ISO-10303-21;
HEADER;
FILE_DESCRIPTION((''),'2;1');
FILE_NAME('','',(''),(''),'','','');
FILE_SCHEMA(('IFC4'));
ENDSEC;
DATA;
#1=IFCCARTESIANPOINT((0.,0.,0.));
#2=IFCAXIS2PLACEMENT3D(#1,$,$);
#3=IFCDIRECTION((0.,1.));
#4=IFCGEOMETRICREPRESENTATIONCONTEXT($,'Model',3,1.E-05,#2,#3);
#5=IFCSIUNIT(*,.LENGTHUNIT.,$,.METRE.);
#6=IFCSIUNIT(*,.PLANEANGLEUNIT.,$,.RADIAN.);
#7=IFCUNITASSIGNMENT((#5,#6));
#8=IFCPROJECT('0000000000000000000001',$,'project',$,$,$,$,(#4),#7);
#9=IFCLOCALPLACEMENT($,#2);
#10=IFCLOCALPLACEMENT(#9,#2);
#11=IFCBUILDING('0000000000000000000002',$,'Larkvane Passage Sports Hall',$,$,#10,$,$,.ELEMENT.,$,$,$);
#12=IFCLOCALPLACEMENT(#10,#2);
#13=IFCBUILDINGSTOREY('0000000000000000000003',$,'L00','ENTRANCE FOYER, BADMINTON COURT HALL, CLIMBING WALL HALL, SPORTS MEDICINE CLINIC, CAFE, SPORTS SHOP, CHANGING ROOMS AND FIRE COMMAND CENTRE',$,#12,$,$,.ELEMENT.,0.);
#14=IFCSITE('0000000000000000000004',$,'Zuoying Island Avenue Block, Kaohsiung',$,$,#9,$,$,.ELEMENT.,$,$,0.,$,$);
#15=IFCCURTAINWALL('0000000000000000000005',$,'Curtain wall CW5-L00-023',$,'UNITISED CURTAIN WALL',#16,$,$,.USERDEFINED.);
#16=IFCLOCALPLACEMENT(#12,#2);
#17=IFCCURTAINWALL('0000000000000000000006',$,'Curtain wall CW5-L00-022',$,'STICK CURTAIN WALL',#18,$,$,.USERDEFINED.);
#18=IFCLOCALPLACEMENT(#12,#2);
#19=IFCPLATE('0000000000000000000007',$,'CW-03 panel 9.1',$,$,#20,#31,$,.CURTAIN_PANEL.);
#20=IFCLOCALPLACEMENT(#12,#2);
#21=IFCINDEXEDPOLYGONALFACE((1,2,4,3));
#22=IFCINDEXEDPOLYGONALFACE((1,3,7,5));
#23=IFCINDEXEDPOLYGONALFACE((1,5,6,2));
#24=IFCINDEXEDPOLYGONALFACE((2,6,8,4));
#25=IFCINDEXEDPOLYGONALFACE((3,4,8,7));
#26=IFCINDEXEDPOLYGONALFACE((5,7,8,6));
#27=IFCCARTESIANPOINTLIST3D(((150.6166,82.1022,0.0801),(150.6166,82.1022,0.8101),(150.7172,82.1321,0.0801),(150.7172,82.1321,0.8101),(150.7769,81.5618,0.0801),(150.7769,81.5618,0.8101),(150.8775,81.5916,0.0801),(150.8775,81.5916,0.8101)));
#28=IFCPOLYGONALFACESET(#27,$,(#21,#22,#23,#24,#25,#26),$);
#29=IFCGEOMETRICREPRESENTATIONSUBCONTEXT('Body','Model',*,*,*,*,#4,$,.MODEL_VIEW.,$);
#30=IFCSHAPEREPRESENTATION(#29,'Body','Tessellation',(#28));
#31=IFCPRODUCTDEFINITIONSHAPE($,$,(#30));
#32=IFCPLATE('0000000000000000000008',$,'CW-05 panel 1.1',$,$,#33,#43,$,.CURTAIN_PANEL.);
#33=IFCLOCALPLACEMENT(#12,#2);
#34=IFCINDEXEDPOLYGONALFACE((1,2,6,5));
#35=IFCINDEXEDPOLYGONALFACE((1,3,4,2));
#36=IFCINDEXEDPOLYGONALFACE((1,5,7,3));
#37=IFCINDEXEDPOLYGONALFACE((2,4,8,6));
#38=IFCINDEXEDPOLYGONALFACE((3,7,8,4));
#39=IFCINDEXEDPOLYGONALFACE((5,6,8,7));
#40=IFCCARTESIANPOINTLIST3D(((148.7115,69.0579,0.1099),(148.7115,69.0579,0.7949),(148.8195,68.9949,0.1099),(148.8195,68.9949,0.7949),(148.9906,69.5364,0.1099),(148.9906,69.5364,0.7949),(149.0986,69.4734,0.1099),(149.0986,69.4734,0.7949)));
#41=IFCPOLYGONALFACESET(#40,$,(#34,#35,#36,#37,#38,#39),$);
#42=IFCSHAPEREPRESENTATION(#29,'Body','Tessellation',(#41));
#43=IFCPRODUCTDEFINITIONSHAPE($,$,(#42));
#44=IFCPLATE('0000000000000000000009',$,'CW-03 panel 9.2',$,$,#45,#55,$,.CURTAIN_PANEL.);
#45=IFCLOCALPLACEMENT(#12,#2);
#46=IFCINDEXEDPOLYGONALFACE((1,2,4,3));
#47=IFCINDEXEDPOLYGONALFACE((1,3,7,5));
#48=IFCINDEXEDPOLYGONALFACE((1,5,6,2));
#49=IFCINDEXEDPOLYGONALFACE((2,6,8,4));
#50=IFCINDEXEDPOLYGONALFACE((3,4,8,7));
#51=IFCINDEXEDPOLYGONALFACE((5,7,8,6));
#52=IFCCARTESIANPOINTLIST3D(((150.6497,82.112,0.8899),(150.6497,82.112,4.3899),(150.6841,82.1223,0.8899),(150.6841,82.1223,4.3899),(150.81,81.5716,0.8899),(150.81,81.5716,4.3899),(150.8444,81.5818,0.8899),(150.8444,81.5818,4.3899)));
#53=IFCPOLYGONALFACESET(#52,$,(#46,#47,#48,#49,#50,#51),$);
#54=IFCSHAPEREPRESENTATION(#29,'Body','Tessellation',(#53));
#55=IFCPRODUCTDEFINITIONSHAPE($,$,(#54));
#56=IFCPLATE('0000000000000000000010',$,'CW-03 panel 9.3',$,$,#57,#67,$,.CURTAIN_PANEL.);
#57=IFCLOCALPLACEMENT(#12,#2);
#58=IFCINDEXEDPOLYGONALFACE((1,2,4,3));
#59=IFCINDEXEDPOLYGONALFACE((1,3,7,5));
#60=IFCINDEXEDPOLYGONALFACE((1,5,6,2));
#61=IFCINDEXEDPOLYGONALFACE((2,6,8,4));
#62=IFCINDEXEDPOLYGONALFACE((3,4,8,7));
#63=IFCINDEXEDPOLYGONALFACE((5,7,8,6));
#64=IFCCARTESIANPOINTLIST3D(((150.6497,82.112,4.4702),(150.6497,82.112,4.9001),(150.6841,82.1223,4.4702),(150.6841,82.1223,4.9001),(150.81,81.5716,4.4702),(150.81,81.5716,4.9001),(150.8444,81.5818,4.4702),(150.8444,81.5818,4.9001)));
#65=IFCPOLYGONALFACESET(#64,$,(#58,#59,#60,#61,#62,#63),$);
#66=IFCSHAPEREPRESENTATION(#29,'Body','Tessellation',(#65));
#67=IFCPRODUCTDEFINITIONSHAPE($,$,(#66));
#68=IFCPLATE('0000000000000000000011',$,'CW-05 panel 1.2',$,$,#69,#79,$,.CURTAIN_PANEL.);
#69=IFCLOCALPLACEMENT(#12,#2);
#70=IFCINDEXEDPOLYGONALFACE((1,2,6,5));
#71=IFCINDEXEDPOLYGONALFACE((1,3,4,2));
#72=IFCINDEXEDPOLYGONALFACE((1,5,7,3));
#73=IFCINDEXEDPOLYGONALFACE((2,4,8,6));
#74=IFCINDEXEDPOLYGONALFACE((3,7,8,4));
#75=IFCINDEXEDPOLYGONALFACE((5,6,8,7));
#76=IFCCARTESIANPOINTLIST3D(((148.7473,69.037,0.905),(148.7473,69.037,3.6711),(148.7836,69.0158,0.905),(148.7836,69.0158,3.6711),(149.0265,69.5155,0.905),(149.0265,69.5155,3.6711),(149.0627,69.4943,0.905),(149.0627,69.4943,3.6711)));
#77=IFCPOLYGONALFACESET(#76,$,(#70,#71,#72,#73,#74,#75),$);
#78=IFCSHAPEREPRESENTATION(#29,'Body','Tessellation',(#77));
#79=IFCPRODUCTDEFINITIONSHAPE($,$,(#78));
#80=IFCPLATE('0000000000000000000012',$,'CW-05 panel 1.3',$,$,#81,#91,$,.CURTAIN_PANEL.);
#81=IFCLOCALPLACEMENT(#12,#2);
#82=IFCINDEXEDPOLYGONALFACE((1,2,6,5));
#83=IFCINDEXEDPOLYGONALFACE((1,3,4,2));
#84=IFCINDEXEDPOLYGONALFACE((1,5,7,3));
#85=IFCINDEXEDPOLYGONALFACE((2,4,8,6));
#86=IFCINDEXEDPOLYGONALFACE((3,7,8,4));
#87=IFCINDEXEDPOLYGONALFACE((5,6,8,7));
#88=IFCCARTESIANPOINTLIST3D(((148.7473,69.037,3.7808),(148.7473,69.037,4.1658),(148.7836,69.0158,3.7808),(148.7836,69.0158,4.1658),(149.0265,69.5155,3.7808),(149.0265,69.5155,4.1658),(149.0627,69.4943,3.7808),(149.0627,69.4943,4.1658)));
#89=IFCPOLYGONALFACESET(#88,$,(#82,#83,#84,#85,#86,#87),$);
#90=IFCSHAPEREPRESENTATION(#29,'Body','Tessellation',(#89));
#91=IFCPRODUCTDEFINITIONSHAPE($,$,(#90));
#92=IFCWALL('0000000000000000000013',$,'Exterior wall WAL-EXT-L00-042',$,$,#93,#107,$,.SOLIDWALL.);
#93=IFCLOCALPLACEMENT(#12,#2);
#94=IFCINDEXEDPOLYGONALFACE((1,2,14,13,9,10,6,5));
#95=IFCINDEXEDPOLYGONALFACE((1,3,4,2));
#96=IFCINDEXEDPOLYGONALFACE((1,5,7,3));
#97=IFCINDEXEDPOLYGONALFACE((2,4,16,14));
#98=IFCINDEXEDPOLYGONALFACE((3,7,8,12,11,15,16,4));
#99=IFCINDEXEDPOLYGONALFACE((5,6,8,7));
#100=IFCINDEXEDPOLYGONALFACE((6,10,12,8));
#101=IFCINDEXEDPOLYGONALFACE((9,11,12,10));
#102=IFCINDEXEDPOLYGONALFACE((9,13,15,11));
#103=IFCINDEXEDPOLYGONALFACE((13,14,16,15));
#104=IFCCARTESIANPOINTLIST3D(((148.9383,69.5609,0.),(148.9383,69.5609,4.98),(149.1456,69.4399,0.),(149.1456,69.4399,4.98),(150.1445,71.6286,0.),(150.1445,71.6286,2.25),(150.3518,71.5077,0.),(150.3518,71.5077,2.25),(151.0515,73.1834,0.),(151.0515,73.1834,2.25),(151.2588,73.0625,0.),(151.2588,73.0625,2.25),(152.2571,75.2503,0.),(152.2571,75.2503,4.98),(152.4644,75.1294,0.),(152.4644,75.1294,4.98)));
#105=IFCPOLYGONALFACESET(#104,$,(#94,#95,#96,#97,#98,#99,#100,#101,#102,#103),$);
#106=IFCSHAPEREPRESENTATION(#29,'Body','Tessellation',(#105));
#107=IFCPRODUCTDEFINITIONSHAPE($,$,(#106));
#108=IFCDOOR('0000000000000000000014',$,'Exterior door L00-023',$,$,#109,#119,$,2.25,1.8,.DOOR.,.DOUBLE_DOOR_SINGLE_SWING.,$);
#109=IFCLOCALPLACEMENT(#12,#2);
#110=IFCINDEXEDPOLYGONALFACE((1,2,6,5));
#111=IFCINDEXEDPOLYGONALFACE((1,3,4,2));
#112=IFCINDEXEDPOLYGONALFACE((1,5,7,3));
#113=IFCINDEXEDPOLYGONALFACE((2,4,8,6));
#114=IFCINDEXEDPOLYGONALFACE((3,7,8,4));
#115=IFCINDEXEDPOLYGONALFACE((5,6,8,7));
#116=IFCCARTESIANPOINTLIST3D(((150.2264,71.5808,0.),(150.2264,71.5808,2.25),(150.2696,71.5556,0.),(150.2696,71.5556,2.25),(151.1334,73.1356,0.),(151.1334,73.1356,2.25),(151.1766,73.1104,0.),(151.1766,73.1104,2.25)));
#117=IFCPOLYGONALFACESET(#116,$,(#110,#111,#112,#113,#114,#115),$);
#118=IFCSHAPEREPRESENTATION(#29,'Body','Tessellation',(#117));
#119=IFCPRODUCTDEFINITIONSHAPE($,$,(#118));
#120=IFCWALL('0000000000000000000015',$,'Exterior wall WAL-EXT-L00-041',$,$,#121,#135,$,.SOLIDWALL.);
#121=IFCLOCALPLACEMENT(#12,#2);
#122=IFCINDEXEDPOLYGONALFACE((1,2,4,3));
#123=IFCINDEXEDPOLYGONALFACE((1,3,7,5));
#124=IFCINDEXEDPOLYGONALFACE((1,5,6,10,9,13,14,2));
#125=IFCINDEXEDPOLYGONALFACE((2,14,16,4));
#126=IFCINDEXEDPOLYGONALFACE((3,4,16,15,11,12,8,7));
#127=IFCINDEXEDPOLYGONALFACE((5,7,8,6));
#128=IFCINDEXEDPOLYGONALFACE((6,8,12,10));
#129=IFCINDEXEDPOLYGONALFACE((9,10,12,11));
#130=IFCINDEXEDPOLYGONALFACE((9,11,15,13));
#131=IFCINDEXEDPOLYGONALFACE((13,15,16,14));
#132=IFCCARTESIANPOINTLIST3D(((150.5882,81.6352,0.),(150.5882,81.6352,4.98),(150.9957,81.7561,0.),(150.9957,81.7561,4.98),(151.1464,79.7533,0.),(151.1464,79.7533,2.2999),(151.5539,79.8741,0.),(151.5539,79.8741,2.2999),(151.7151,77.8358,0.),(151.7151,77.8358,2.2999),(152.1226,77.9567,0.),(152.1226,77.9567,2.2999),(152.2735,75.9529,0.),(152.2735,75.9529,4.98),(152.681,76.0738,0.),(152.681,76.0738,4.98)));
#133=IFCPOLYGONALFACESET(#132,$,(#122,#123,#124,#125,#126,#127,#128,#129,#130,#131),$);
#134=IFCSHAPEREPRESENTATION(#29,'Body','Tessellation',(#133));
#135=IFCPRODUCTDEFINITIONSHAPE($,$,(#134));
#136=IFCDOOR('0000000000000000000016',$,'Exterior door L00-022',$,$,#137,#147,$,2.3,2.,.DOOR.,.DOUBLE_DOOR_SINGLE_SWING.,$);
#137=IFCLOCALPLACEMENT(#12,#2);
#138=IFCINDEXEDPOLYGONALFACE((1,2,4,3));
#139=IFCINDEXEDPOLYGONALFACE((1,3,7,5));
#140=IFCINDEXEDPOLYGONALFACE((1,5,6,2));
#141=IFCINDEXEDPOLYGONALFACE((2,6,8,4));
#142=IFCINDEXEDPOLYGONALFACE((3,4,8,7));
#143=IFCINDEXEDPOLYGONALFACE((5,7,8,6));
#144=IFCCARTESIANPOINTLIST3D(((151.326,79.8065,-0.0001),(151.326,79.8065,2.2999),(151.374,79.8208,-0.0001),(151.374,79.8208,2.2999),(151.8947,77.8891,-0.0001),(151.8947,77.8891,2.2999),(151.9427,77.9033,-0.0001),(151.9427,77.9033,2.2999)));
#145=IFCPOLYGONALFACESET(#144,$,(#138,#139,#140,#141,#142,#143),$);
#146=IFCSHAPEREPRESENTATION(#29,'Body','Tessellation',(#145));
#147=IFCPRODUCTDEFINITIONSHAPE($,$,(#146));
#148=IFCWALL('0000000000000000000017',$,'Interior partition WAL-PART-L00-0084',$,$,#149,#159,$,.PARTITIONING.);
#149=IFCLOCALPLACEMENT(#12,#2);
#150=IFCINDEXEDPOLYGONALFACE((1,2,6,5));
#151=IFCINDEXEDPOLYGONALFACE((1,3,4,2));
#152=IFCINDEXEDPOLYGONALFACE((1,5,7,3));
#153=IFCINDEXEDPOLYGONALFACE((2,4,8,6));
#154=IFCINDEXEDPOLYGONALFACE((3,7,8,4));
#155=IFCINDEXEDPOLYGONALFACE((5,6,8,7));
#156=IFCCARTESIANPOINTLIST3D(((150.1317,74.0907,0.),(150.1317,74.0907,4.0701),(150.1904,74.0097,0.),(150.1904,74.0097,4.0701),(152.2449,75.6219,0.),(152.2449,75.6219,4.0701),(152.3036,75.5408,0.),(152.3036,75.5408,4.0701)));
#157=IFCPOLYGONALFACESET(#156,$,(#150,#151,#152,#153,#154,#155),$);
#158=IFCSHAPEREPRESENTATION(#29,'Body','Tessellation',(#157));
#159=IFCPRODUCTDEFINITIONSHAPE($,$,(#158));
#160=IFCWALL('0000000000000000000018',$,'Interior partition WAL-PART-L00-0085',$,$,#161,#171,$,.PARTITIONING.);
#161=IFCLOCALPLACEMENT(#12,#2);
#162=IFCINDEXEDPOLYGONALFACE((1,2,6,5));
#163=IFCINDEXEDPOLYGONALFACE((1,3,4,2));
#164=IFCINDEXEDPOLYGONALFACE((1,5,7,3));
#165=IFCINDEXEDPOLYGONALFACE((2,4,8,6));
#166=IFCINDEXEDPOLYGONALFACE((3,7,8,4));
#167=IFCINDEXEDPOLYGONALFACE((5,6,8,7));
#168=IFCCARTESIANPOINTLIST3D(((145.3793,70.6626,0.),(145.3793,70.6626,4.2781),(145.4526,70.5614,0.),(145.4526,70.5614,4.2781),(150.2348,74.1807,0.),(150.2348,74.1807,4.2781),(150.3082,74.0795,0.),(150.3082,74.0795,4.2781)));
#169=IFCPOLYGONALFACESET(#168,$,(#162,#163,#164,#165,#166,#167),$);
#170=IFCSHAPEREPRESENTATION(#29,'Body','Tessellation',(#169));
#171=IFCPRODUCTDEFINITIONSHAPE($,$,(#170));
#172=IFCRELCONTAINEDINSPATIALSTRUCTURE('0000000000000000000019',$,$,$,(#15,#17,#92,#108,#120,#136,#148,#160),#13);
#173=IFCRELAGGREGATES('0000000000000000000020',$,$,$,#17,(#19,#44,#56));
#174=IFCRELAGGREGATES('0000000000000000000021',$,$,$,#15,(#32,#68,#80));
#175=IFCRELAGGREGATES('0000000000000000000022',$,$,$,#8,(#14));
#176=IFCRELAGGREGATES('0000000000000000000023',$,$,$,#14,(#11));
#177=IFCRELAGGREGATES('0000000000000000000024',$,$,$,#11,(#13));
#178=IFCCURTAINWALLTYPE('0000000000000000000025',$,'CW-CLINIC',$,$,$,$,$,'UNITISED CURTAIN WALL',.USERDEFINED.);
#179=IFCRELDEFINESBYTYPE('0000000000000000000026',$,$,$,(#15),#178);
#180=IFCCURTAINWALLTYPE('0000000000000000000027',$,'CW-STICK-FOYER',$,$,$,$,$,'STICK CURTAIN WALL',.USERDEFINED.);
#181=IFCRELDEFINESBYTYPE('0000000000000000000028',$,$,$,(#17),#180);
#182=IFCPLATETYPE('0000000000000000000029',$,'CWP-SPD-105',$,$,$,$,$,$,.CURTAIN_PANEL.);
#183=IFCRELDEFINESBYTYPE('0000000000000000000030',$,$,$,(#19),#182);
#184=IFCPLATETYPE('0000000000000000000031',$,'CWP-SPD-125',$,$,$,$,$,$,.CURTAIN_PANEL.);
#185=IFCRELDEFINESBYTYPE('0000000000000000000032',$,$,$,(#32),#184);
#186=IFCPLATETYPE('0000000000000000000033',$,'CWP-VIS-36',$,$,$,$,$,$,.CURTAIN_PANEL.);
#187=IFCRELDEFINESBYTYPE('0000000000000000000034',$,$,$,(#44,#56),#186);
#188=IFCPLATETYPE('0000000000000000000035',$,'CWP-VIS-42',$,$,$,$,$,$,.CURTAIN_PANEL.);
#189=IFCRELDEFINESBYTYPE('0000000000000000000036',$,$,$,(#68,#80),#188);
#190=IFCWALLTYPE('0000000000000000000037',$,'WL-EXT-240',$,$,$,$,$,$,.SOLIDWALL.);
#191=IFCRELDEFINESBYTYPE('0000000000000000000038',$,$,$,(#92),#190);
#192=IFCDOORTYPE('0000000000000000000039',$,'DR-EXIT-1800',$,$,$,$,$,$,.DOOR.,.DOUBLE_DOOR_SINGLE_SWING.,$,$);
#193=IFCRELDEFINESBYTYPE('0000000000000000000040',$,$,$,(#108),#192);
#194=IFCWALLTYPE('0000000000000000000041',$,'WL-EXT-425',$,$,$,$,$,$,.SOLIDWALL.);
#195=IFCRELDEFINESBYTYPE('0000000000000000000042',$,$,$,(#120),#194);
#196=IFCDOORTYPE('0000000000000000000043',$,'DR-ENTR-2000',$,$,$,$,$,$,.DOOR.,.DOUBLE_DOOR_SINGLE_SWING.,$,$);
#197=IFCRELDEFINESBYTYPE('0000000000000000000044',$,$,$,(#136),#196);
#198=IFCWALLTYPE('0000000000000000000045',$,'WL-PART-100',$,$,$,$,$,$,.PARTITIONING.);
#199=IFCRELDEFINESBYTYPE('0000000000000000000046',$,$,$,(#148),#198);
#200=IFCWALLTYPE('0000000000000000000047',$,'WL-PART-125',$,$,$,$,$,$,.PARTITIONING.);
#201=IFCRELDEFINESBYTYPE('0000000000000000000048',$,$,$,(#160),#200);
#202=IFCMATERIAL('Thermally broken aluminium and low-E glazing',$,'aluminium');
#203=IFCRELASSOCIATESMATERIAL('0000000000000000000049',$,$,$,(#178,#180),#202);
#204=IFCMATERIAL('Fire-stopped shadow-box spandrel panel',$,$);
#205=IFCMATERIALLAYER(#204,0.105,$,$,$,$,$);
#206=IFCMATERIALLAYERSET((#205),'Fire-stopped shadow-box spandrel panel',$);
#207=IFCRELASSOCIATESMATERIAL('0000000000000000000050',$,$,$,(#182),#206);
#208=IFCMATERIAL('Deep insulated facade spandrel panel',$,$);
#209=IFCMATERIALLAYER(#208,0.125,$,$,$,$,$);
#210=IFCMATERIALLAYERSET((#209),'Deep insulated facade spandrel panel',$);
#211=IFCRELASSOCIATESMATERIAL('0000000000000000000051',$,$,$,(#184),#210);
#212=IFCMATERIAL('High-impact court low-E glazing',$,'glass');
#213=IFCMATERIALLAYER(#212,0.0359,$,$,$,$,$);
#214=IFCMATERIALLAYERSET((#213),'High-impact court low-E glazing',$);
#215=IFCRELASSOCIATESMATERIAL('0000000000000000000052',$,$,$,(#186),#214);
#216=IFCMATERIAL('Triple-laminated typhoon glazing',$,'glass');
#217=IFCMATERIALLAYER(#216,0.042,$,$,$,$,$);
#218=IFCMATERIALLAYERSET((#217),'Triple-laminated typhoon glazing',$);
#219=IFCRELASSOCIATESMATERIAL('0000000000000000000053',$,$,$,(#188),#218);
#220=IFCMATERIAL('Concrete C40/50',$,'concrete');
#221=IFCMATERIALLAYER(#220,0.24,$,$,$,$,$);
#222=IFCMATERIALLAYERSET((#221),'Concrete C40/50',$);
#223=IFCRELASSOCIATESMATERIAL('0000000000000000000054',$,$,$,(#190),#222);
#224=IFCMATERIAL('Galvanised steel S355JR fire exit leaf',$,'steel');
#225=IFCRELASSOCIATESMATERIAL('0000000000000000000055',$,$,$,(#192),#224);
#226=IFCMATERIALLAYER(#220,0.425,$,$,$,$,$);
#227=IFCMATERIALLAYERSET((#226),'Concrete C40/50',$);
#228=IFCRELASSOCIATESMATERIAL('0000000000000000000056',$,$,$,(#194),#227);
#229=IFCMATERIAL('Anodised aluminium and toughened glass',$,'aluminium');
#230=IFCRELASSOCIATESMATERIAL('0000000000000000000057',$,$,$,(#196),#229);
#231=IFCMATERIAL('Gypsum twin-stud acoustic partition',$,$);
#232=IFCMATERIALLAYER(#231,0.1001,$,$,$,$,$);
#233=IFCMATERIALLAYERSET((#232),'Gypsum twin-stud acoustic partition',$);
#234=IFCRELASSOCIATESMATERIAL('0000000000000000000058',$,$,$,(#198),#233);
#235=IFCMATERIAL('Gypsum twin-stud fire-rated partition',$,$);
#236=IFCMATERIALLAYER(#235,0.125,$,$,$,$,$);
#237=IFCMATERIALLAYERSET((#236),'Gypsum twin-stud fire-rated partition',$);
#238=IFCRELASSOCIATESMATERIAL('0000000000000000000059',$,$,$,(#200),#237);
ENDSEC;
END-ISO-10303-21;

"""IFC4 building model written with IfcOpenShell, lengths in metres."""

from ifc_helpers import new_model, si_unit, direction, frame, frame_2d, origin, origin_2d, place, context, subcontext, project, spatial, rectangle, extrude, material, layer, layer_set, type_object, element, fill, aggregate, save


model = new_model("IFC4")

# Units and contexts
model_context = context("Model", 3, precision=1e-05, world=origin(), true_north=direction((0.0, 1.0)))
body_context = subcontext(model_context, "Body", "Model", "MODEL_VIEW")
ifc_project = project(units=[si_unit("LENGTHUNIT", "METRE"), si_unit("PLANEANGLEUNIT", "RADIAN")], contexts=[model_context])

# Site, building, storey
site_placement = place(None, origin())
site = spatial("IfcSite", under=ifc_project, at=site_placement, Name="Zuoying Island Avenue Block, Kaohsiung", CompositionType="ELEMENT", RefElevation=0.0)
building_placement = place(site_placement, origin())
building = spatial("IfcBuilding", under=site, at=building_placement, Name="Larkvane Passage Sports Hall", CompositionType="ELEMENT")
storey_placement = place(building_placement, origin())
storey = spatial("IfcBuildingStorey", under=building, at=storey_placement, Name="L00", Description="ENTRANCE FOYER, BADMINTON COURT HALL, CLIMBING WALL HALL, SPORTS MEDICINE CLINIC, CAFE, SPORTS SHOP, CHANGING ROOMS AND FIRE COMMAND CENTRE", CompositionType="ELEMENT", Elevation=0.0)

# Shared definitions
ifc_material_1 = material(Name="Concrete C40/50", Category="concrete")

# Curtain wall
ifc_material_2 = material(Name="Thermally broken aluminium and low-E glazing", Category="aluminium")
curtain_wall_type_1 = type_object("IfcCurtainWallType", Name="CW-CLINIC", ElementType="UNITISED CURTAIN WALL", PredefinedType="USERDEFINED", material=ifc_material_2)
curtain_wall_1_placement = place(storey_placement, origin())
curtain_wall_1 = element("IfcCurtainWall", 1, at=curtain_wall_1_placement, inside=storey, type_object=curtain_wall_type_1, Name="Curtain wall CW5-L00-023", ObjectType="UNITISED CURTAIN WALL", PredefinedType="USERDEFINED")

# Curtain wall
curtain_wall_type_2 = type_object("IfcCurtainWallType", Name="CW-STICK-FOYER", ElementType="STICK CURTAIN WALL", PredefinedType="USERDEFINED", material=ifc_material_2)
curtain_wall_2_placement = place(storey_placement, origin())
curtain_wall_2 = element("IfcCurtainWall", 2, at=curtain_wall_2_placement, inside=storey, type_object=curtain_wall_type_2, Name="Curtain wall CW5-L00-022", ObjectType="STICK CURTAIN WALL", PredefinedType="USERDEFINED")

# Plates
ifc_material_3 = material(Name="Fire-stopped shadow-box spandrel panel")
ifc_layer_1 = layer(ifc_material_3, 0.105)
ifc_layer_set_1 = layer_set([ifc_layer_1], Name="Fire-stopped shadow-box spandrel panel")
plate_type_1 = type_object("IfcPlateType", Name="CWP-SPD-105", PredefinedType="CURTAIN_PANEL", material=ifc_layer_set_1)
plate_1_placement = place(storey_placement, frame((150.7471, 81.8469, 0.0801), z_axis=(0.0, 0.0, 1.0), x_axis=(0.284365, -0.958716, 0.0)))
plate_1 = element("IfcPlate", 3, at=plate_1_placement, type_object=plate_type_1, Name="CW-03 panel 9.1", PredefinedType="CURTAIN_PANEL", context=body_context, shape_type="SweptSolid", body=[
    extrude(rectangle(XDim=0.5637, YDim=0.105, at=origin_2d()), origin(), (0.0, 0.0, 1.0), 0.73),
])
ifc_material_4 = material(Name="Deep insulated facade spandrel panel")
ifc_layer_2 = layer(ifc_material_4, 0.125)
ifc_layer_set_2 = layer_set([ifc_layer_2], Name="Deep insulated facade spandrel panel")
plate_type_2 = type_object("IfcPlateType", Name="CWP-SPD-125", PredefinedType="CURTAIN_PANEL", material=ifc_layer_set_2)
plate_2_placement = place(storey_placement, frame((148.905, 69.2656, 0.1099), z_axis=(0.0, 0.0, 1.0), x_axis=(-0.503867, -0.863781, 0.0)))
plate_2 = element("IfcPlate", 4, at=plate_2_placement, type_object=plate_type_2, Name="CW-05 panel 1.1", PredefinedType="CURTAIN_PANEL", context=body_context, shape_type="SweptSolid", body=[
    extrude(rectangle(XDim=0.554, YDim=0.125, at=origin_2d()), origin(), (0.0, 0.0, 1.0), 0.6851),
])
ifc_material_5 = material(Name="High-impact court low-E glazing", Category="glass")
ifc_layer_3 = layer(ifc_material_5, 0.0359)
ifc_layer_set_3 = layer_set([ifc_layer_3], Name="High-impact court low-E glazing")
plate_type_3 = type_object("IfcPlateType", Name="CWP-VIS-36", PredefinedType="CURTAIN_PANEL", material=ifc_layer_set_3)
plate_3_placement = place(storey_placement, frame((150.7471, 81.8469, 0.8899), z_axis=(0.0, 0.0, 1.0), x_axis=(0.284365, -0.958716, 0.0)))
plate_3 = element("IfcPlate", 5, at=plate_3_placement, type_object=plate_type_3, Name="CW-03 panel 9.2", PredefinedType="CURTAIN_PANEL", context=body_context, shape_type="SweptSolid", body=[
    extrude(rectangle(XDim=0.5637, YDim=0.0359, at=origin_2d()), origin(), (0.0, 0.0, 1.0), 3.5),
])
plate_4_placement = place(storey_placement, frame((150.7471, 81.8469, 4.4702), z_axis=(0.0, 0.0, 1.0), x_axis=(0.284365, -0.958716, 0.0)))
plate_4 = element("IfcPlate", 6, at=plate_4_placement, type_object=plate_type_3, Name="CW-03 panel 9.3", PredefinedType="CURTAIN_PANEL", context=body_context, shape_type="SweptSolid", body=[
    extrude(rectangle(XDim=0.5637, YDim=0.0359, at=origin_2d()), origin(), (0.0, 0.0, 1.0), 0.4299),
])
aggregate(curtain_wall_2, [plate_1, plate_3, plate_4])
ifc_material_6 = material(Name="Triple-laminated typhoon glazing", Category="glass")
ifc_layer_4 = layer(ifc_material_6, 0.042)
ifc_layer_set_4 = layer_set([ifc_layer_4], Name="Triple-laminated typhoon glazing")
plate_type_4 = type_object("IfcPlateType", Name="CWP-VIS-42", PredefinedType="CURTAIN_PANEL", material=ifc_layer_set_4)
plate_5_placement = place(storey_placement, frame((148.905, 69.2656, 0.905), z_axis=(0.0, 0.0, 1.0), x_axis=(-0.503867, -0.863781, 0.0)))
plate_5 = element("IfcPlate", 7, at=plate_5_placement, type_object=plate_type_4, Name="CW-05 panel 1.2", PredefinedType="CURTAIN_PANEL", context=body_context, shape_type="SweptSolid", body=[
    extrude(rectangle(XDim=0.554, YDim=0.042, at=origin_2d()), origin(), (0.0, 0.0, 1.0), 2.7661),
])
plate_6_placement = place(storey_placement, frame((148.905, 69.2656, 3.7808), z_axis=(0.0, 0.0, 1.0), x_axis=(-0.503867, -0.863781, 0.0)))
plate_6 = element("IfcPlate", 8, at=plate_6_placement, type_object=plate_type_4, Name="CW-05 panel 1.3", PredefinedType="CURTAIN_PANEL", context=body_context, shape_type="SweptSolid", body=[
    extrude(rectangle(XDim=0.554, YDim=0.042, at=origin_2d()), origin(), (0.0, 0.0, 1.0), 0.385),
])
aggregate(curtain_wall_1, [plate_2, plate_5, plate_6])

# Walls, openings, doors
ifc_layer_5 = layer(ifc_material_1, 0.24)
ifc_layer_set_5 = layer_set([ifc_layer_5], Name="Concrete C40/50")
wall_type_1 = type_object("IfcWallType", Name="WL-EXT-240", PredefinedType="SOLIDWALL", material=ifc_layer_set_5)
wall_1_placement = place(storey_placement, frame((152.3608, 75.1899, 0.0), z_axis=(0.0, 0.0, 1.0), x_axis=(-0.503871, -0.863779, 0.0)))
wall_1 = element("IfcWall", 9, at=wall_1_placement, inside=storey, type_object=wall_type_1, Name="Exterior wall WAL-EXT-L00-042", PredefinedType="SOLIDWALL", context=body_context, shape_type="SweptSolid", body=[
    extrude(rectangle(XDim=6.5867, YDim=0.24, at=frame_2d((3.2935, 0.0))), origin(), (0.0, 0.0, 1.0), 4.98),
])
opening_1_placement = place(wall_1_placement, frame((2.3931, 0.0, 0.0)))
opening_1 = element("IfcOpeningElement", 10, at=opening_1_placement, cuts=wall_1, PredefinedType="OPENING", context=body_context, shape_type="SweptSolid", body=[
    extrude(rectangle(XDim=1.8, YDim=2.25, at=frame_2d((0.8999, 1.125))), frame((0.0, 0.1299, 0.0), z_axis=(0.0, -1.0, 0.0), x_axis=(1.0, 0.0, 0.0)), (0.0, 0.0, 1.0), 0.26),
])
ifc_material_7 = material(Name="Galvanised steel S355JR fire exit leaf", Category="steel")
door_type_1 = type_object("IfcDoorType", Name="DR-EXIT-1800", OperationType="DOUBLE_DOOR_SINGLE_SWING", PredefinedType="DOOR", material=ifc_material_7)
door_1_placement = place(opening_1_placement, origin())
door_1 = element("IfcDoor", 11, at=door_1_placement, inside=storey, type_object=door_type_1, Name="Exterior door L00-023", OperationType="DOUBLE_DOOR_SINGLE_SWING", OverallHeight=2.25, OverallWidth=1.8, PredefinedType="DOOR", context=body_context, shape_type="SweptSolid", body=[
    extrude(rectangle(XDim=1.8, YDim=2.25, at=frame_2d((0.8999, 1.125))), frame((0.0, 0.0249, 0.0), z_axis=(0.0, -1.0, 0.0), x_axis=(1.0, 0.0, 0.0)), (0.0, 0.0, 1.0), 0.05),
])
fill(opening_1, door_1)
ifc_layer_6 = layer(ifc_material_1, 0.425)
ifc_layer_set_6 = layer_set([ifc_layer_6], Name="Concrete C40/50")
wall_type_2 = type_object("IfcWallType", Name="WL-EXT-425", PredefinedType="SOLIDWALL", material=ifc_layer_set_6)
wall_2_placement = place(storey_placement, frame((150.792, 81.6956, 0.0), z_axis=(0.0, 0.0, 1.0), x_axis=(0.284342, -0.958723, 0.0)))
wall_2 = element("IfcWall", 12, at=wall_2_placement, inside=storey, type_object=wall_type_2, Name="Exterior wall WAL-EXT-L00-041", PredefinedType="SOLIDWALL", context=body_context, shape_type="SweptSolid", body=[
    extrude(rectangle(XDim=5.927, YDim=0.425, at=frame_2d((2.9634, 0.0))), origin(), (0.0, 0.0, 1.0), 4.98),
])
opening_2_placement = place(wall_2_placement, frame((1.9629, 0.0, 0.0)))
opening_2 = element("IfcOpeningElement", 13, at=opening_2_placement, cuts=wall_2, PredefinedType="OPENING", context=body_context, shape_type="SweptSolid", body=[
    extrude(rectangle(XDim=2.0, YDim=2.3, at=frame_2d((1.0, 1.1499))), frame((0.0, 0.2224, 0.0), z_axis=(0.0, -1.0, 0.0), x_axis=(1.0, 0.0, 0.0)), (0.0, 0.0, 1.0), 0.4451),
])
ifc_material_8 = material(Name="Anodised aluminium and toughened glass", Category="aluminium")
door_type_2 = type_object("IfcDoorType", Name="DR-ENTR-2000", OperationType="DOUBLE_DOOR_SINGLE_SWING", PredefinedType="DOOR", material=ifc_material_8)
door_2_placement = place(opening_2_placement, origin())
door_2 = element("IfcDoor", 14, at=door_2_placement, inside=storey, type_object=door_type_2, Name="Exterior door L00-022", OperationType="DOUBLE_DOOR_SINGLE_SWING", OverallHeight=2.3, OverallWidth=2.0, PredefinedType="DOOR", context=body_context, shape_type="SweptSolid", body=[
    extrude(rectangle(XDim=2.0, YDim=2.3, at=frame_2d((1.0, 1.1499))), frame((0.0, 0.0249, 0.0), z_axis=(0.0, -1.0, 0.0), x_axis=(1.0, 0.0, 0.0)), (0.0, 0.0, 1.0), 0.05),
])
fill(opening_2, door_2)

# Walls
ifc_material_9 = material(Name="Gypsum twin-stud acoustic partition")
ifc_layer_7 = layer(ifc_material_9, 0.1001)
ifc_layer_set_7 = layer_set([ifc_layer_7], Name="Gypsum twin-stud acoustic partition")
wall_type_3 = type_object("IfcWallType", Name="WL-PART-100", PredefinedType="PARTITIONING", material=ifc_layer_set_7)
wall_3_placement = place(storey_placement, frame((152.2742, 75.5813, 0.0), z_axis=(0.0, 0.0, 1.0), x_axis=(-0.80977, -0.586747, 0.0)))
element("IfcWall", 15, at=wall_3_placement, inside=storey, type_object=wall_type_3, Name="Interior partition WAL-PART-L00-0084", PredefinedType="PARTITIONING", context=body_context, shape_type="SweptSolid", body=[
    extrude(rectangle(XDim=2.6096, YDim=0.1001, at=frame_2d((1.3047, 0.0))), origin(), (0.0, 0.0, 1.0), 4.0701),
])
ifc_material_10 = material(Name="Gypsum twin-stud fire-rated partition")
ifc_layer_8 = layer(ifc_material_10, 0.125)
ifc_layer_set_8 = layer_set([ifc_layer_8], Name="Gypsum twin-stud fire-rated partition")
wall_type_4 = type_object("IfcWallType", Name="WL-PART-125", PredefinedType="PARTITIONING", material=ifc_layer_set_8)
wall_4_placement = place(storey_placement, frame((150.2715, 74.1301, 0.0), z_axis=(0.0, 0.0, 1.0), x_axis=(-0.809781, -0.586733, 0.0)))
element("IfcWall", 16, at=wall_4_placement, inside=storey, type_object=wall_type_4, Name="Interior partition WAL-PART-L00-0085", PredefinedType="PARTITIONING", context=body_context, shape_type="SweptSolid", body=[
    extrude(rectangle(XDim=5.9961, YDim=0.125, at=frame_2d((2.998, 0.0))), origin(), (0.0, 0.0, 1.0), 4.2781),
])

save(model, "model.ifc")
